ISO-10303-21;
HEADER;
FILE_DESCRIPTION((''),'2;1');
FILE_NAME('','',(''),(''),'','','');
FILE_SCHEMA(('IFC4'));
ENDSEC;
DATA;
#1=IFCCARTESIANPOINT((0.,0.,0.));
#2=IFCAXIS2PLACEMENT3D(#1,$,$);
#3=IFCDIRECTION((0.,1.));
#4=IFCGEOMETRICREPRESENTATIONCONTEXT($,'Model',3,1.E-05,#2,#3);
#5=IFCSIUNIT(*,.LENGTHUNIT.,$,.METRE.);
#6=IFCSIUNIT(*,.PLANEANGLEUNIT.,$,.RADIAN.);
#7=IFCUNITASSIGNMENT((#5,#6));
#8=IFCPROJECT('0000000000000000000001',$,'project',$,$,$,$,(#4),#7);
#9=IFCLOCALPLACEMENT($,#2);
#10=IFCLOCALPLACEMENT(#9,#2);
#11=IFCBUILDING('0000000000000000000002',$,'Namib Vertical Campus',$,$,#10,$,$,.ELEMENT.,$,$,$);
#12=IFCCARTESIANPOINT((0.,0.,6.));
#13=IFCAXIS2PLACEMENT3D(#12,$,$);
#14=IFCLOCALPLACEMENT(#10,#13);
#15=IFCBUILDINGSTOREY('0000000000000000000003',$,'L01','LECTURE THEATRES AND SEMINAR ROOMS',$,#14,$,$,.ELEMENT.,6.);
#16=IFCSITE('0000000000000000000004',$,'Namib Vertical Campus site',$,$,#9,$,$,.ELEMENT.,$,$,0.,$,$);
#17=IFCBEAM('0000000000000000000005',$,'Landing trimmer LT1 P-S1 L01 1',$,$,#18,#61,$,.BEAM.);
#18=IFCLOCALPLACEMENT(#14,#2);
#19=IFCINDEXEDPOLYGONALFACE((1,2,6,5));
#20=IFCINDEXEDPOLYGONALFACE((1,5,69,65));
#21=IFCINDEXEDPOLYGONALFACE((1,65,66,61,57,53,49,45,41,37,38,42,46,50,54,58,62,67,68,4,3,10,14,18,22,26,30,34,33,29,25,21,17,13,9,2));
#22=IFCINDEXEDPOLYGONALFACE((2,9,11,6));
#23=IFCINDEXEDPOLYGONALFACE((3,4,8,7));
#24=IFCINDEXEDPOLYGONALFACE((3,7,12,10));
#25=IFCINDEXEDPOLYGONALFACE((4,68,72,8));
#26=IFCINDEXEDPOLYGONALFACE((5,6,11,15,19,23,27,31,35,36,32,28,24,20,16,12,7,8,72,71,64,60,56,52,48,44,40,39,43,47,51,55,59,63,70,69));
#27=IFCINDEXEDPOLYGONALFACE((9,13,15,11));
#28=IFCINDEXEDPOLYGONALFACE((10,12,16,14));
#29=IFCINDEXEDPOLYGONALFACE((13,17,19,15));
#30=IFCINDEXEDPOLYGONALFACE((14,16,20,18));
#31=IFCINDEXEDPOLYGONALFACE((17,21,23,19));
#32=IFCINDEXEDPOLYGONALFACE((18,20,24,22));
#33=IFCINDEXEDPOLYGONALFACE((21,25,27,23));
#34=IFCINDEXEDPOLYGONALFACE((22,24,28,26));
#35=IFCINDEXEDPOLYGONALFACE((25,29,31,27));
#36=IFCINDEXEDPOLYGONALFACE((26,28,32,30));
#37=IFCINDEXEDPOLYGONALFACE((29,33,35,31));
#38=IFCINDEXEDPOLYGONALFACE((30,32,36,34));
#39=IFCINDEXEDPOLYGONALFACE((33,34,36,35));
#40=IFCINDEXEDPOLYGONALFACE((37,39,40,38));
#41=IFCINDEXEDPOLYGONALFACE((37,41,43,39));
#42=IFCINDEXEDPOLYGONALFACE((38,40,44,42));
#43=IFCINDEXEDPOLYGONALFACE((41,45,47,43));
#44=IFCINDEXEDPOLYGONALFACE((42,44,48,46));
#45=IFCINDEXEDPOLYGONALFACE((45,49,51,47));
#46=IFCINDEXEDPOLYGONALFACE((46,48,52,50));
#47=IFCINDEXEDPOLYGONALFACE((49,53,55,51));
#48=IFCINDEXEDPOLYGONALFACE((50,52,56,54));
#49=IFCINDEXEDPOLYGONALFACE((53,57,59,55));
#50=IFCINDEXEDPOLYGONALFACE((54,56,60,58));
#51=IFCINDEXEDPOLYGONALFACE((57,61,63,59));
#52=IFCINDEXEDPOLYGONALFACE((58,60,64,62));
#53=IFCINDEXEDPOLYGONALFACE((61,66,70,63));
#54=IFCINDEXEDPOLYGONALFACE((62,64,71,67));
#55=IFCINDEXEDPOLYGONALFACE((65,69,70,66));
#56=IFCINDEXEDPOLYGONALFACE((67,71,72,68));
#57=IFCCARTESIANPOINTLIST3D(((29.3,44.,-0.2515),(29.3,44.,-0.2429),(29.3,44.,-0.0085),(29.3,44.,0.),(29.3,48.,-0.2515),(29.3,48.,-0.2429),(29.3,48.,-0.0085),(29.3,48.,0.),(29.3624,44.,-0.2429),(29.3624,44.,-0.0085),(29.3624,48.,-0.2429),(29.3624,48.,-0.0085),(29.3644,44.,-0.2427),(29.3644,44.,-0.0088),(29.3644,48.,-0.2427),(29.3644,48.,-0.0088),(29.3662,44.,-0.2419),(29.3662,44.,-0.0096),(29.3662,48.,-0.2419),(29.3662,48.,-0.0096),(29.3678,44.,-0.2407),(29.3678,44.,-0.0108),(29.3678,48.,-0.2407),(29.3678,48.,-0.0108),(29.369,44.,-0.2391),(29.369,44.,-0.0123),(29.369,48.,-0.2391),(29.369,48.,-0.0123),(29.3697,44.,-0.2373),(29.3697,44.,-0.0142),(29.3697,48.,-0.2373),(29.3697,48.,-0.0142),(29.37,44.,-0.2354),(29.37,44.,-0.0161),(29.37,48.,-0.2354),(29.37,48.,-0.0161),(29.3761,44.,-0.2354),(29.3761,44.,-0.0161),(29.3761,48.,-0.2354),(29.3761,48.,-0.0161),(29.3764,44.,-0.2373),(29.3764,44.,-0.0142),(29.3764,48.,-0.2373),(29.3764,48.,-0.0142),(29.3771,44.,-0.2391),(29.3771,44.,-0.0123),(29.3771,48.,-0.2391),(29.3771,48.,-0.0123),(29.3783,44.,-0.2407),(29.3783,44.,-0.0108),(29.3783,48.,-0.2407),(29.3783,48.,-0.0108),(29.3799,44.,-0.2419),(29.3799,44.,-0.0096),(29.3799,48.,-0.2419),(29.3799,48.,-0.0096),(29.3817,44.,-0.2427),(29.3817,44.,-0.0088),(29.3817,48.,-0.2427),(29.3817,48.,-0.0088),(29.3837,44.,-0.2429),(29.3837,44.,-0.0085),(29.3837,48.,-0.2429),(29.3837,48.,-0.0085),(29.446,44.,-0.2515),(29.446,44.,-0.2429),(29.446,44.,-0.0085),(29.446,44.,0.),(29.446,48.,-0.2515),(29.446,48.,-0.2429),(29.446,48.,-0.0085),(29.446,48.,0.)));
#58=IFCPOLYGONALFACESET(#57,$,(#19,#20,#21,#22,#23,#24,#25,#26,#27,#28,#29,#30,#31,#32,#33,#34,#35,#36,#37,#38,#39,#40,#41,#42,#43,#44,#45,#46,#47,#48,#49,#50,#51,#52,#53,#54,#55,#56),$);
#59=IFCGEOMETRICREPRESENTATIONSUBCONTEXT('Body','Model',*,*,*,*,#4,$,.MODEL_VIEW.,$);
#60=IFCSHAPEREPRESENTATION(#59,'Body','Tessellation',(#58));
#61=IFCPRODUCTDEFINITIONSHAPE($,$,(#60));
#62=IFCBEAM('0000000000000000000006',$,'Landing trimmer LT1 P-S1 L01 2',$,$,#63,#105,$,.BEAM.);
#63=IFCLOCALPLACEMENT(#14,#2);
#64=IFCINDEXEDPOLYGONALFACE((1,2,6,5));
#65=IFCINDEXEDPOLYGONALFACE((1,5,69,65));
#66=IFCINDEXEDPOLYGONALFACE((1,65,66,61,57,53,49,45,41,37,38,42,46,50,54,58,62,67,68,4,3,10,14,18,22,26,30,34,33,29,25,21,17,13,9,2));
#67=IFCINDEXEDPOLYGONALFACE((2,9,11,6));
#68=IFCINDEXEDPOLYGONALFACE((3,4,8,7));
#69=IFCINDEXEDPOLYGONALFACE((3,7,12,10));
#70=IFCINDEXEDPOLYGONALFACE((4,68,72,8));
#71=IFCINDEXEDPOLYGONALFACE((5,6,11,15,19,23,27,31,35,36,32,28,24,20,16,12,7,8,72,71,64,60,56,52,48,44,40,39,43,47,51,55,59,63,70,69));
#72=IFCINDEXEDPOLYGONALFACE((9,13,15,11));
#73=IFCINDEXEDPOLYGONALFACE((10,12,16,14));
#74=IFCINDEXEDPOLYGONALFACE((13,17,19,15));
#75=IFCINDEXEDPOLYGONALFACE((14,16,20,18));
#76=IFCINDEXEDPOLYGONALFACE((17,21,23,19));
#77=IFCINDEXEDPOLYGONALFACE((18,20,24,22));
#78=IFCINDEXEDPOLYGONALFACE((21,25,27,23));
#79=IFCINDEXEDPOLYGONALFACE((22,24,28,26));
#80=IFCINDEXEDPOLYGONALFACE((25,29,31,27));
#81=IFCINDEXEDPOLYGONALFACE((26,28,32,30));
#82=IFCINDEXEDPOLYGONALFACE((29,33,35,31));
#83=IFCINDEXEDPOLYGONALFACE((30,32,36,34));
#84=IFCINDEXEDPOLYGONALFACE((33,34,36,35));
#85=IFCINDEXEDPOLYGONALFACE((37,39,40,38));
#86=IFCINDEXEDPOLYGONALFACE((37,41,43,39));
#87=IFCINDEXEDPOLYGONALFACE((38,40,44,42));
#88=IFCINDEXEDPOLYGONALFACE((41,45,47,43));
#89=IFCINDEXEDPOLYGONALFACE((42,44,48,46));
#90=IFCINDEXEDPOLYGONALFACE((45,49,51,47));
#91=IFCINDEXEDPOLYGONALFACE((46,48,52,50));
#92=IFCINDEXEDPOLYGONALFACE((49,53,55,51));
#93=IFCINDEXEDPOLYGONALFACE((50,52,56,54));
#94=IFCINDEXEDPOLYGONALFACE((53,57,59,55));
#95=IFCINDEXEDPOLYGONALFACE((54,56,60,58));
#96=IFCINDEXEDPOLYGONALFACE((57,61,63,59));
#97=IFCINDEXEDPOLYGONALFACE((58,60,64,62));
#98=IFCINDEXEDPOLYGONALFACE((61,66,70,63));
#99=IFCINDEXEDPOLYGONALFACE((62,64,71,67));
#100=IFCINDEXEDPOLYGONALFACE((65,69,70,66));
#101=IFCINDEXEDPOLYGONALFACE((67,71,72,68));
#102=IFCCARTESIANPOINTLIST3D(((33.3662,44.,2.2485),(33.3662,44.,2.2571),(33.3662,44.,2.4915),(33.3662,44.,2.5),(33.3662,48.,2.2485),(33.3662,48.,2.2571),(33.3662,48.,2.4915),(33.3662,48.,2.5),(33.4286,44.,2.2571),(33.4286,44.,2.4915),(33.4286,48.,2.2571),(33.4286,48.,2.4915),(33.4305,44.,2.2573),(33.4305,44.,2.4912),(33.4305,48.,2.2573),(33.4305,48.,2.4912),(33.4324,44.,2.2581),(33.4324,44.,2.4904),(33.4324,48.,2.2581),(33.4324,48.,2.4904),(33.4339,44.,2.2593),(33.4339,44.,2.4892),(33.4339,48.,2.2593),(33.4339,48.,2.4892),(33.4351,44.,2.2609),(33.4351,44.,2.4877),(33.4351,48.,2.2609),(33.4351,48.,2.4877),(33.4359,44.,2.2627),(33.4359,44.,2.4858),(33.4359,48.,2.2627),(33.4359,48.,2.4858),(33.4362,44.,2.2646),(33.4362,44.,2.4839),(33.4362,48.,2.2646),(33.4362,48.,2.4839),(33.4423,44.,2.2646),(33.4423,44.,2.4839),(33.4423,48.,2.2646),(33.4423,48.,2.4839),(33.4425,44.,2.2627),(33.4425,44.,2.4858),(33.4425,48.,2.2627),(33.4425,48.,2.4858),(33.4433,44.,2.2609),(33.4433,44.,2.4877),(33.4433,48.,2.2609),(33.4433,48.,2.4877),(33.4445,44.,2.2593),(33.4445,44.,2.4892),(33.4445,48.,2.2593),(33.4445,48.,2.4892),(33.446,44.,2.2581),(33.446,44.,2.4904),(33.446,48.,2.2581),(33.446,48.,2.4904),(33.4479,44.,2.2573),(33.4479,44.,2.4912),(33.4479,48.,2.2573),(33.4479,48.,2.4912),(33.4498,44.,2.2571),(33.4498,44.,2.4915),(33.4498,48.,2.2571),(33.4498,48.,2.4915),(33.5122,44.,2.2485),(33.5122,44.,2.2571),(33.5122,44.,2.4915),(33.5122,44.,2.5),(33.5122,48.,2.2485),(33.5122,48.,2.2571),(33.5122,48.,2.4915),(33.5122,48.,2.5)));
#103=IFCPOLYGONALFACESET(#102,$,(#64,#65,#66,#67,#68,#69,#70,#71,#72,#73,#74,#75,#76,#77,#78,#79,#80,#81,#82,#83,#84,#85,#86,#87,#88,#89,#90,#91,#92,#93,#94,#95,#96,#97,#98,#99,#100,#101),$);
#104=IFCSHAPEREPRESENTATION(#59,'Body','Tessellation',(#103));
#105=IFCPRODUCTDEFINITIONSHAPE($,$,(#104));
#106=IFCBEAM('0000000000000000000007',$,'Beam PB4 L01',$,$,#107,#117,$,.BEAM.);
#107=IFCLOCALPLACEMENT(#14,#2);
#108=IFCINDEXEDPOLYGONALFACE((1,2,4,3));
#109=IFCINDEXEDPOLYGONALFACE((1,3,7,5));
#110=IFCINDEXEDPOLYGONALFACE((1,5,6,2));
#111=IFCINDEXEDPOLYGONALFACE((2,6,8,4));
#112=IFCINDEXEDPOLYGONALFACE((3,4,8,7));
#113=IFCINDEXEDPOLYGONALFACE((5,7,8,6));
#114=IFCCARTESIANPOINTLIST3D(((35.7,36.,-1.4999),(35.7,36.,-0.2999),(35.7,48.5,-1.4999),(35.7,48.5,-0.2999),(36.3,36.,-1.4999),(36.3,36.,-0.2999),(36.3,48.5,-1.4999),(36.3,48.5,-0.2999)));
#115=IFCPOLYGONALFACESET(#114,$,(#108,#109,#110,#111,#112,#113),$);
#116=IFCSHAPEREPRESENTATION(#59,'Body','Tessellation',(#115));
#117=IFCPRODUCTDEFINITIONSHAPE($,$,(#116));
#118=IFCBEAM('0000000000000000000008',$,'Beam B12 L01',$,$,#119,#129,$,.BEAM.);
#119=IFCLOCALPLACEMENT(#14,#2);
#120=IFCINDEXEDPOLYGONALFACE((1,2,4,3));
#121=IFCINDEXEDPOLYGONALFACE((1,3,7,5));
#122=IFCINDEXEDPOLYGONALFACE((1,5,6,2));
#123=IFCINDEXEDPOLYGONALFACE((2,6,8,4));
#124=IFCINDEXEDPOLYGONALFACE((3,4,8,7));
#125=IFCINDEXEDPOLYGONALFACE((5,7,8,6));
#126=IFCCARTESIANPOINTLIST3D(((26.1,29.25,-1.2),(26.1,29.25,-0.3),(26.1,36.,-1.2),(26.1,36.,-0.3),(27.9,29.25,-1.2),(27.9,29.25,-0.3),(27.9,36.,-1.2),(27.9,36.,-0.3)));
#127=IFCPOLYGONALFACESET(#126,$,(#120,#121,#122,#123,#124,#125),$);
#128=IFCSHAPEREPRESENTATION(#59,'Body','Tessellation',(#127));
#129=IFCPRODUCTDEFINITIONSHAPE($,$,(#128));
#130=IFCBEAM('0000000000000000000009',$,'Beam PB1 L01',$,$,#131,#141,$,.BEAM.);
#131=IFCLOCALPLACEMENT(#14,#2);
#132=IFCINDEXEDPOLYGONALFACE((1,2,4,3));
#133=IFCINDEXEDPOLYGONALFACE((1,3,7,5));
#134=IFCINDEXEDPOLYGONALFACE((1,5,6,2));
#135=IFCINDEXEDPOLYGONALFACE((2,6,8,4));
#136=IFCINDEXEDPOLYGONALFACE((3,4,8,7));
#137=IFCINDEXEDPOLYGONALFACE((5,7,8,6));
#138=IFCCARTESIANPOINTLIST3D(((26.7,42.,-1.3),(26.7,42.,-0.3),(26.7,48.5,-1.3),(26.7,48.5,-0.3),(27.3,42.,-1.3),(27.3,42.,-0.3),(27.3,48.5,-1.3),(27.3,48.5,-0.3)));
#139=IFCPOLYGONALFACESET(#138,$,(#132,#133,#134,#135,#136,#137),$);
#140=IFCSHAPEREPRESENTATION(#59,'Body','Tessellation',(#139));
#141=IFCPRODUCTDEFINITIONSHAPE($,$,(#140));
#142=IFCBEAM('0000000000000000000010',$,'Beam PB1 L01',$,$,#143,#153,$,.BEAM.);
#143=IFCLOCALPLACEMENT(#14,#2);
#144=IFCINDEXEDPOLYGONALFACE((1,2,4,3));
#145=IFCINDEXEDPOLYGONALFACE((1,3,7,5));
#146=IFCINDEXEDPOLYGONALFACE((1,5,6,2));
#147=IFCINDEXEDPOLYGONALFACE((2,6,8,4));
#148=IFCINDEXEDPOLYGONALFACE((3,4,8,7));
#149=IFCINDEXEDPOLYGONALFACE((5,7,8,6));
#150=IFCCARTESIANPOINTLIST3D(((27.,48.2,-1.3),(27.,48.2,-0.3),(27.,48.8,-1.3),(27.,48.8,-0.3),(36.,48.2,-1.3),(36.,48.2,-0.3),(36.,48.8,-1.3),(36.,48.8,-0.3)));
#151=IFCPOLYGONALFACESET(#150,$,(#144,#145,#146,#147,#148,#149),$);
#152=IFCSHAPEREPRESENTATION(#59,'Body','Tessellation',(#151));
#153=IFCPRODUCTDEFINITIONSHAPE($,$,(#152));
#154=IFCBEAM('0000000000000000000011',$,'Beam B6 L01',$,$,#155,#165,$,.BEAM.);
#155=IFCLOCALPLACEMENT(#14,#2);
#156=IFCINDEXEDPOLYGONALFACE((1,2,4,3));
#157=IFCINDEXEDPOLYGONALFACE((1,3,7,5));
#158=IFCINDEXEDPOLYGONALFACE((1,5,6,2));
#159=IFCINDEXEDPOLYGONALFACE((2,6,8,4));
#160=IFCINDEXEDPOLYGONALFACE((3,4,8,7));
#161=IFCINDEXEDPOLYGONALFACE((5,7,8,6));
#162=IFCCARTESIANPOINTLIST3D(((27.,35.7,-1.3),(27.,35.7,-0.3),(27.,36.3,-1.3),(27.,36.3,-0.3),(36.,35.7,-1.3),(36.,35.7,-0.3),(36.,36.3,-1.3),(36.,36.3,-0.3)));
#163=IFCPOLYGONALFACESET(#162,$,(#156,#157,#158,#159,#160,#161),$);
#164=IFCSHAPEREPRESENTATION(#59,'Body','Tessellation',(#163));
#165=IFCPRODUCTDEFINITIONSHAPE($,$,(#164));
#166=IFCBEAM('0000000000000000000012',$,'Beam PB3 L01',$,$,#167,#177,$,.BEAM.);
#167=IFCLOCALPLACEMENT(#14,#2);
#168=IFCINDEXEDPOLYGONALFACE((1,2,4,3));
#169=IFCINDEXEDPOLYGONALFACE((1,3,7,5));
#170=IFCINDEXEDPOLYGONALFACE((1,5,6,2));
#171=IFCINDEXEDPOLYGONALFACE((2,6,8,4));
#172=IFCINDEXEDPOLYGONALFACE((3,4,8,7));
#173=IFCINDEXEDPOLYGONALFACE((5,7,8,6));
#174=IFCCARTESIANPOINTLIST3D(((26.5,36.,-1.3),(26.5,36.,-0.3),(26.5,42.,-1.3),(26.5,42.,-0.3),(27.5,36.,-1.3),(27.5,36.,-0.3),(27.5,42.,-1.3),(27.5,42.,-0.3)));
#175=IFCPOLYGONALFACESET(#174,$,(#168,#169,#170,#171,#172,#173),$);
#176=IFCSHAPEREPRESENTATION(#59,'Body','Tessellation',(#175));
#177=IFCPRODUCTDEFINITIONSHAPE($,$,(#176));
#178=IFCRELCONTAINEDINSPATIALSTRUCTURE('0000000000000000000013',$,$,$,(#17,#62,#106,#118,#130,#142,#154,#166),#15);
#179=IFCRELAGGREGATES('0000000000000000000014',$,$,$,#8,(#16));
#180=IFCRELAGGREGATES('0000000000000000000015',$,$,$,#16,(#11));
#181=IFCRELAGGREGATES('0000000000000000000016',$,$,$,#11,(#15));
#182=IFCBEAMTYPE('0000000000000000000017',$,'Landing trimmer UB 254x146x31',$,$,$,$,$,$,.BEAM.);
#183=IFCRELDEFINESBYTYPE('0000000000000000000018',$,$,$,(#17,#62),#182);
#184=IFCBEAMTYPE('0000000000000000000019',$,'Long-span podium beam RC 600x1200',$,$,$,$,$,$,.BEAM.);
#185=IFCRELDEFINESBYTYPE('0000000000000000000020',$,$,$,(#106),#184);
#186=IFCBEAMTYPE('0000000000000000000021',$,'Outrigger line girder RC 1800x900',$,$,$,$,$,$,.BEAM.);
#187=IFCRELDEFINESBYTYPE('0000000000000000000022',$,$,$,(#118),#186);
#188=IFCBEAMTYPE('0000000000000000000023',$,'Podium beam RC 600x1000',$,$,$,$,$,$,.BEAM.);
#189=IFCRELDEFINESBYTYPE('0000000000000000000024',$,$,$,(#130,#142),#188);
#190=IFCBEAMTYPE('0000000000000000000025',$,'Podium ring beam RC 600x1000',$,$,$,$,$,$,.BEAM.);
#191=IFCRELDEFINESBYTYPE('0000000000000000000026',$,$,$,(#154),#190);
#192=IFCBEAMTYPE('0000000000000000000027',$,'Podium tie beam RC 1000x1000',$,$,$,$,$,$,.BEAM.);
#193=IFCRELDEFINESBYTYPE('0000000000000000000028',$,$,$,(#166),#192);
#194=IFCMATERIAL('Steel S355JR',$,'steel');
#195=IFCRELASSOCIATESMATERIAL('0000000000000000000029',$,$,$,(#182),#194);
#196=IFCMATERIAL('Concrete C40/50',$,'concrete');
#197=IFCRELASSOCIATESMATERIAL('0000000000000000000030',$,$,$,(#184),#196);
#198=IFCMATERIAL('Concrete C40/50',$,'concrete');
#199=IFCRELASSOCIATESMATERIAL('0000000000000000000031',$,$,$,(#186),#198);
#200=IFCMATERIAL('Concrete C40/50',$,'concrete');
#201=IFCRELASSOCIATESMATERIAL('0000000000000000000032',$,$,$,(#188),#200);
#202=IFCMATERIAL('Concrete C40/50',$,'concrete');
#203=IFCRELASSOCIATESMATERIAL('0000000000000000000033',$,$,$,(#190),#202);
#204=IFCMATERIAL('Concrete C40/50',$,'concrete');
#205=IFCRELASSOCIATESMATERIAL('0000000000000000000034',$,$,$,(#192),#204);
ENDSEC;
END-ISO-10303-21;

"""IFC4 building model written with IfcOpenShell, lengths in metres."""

from ifc_helpers import new_model, si_unit, direction, frame, origin, origin_2d, place, context, subcontext, project, spatial, rectangle, i_section, extrude, material, material_profile, profile_set, type_object, element, save


model = new_model("IFC4")

# Units and contexts
model_context = context("Model", 3, precision=1e-05, world=origin(), true_north=direction((0.0, 1.0)))
body_context = subcontext(model_context, "Body", "Model", "MODEL_VIEW")
ifc_project = project(units=[si_unit("LENGTHUNIT", "METRE"), si_unit("PLANEANGLEUNIT", "RADIAN")], contexts=[model_context])

# Site, building, storey
site_placement = place(None, origin())
site = spatial("IfcSite", under=ifc_project, at=site_placement, Name="Namib Vertical Campus site", CompositionType="ELEMENT", RefElevation=0.0)
building_placement = place(site_placement, origin())
building = spatial("IfcBuilding", under=site, at=building_placement, Name="Namib Vertical Campus", CompositionType="ELEMENT")
storey_placement = place(building_placement, frame((0.0, 0.0, 6.0)))
storey = spatial("IfcBuildingStorey", under=building, at=storey_placement, Name="L01", Description="LECTURE THEATRES AND SEMINAR ROOMS", CompositionType="ELEMENT", Elevation=6.0)

# Beams
ifc_material_1 = material(Name="Steel S355JR", Category="steel")
ifc_material_profile_1 = material_profile(ifc_material_1, i_section(OverallWidth=0.146, OverallDepth=0.2515, WebThickness=0.0061, FlangeThickness=0.0085, FilletRadius=0.0076, at=origin_2d()))
ifc_profile_set_1 = profile_set([ifc_material_profile_1], Name="Steel S355JR")
beam_type_1 = type_object("IfcBeamType", Name="Landing trimmer UB 254x146x31", PredefinedType="BEAM", material=ifc_profile_set_1)
for number, where, z_axis, x_axis, name in (
    (1, (29.373, 44.0, -0.1257), (0.0, 1.0, 0.0), (-1.0, 0.0, 0.0), "Landing trimmer LT1 P-S1 L01 1"),
    (2, (33.4392, 44.0, 2.3743), (0.0, 1.0, 0.0), (-1.0, 0.0, 0.0), "Landing trimmer LT1 P-S1 L01 2"),
):
    element("IfcBeam", number, at=place(storey_placement, frame(where, z_axis=z_axis, x_axis=x_axis)), inside=storey, type_object=beam_type_1, Name=name, PredefinedType="BEAM", context=body_context, shape_type="SweptSolid", body=[
        extrude(i_section(OverallWidth=0.146, OverallDepth=0.2515, WebThickness=0.0061, FlangeThickness=0.0085, FilletRadius=0.0076, at=origin_2d()), origin(), (0.0, 0.0, 1.0), 4.0),
    ])
ifc_material_2 = material(Name="Concrete C40/50", Category="concrete")
ifc_material_profile_2 = material_profile(ifc_material_2, rectangle(XDim=0.6001, YDim=1.2, at=origin_2d()))
ifc_profile_set_2 = profile_set([ifc_material_profile_2], Name="Concrete C40/50")
beam_type_2 = type_object("IfcBeamType", Name="Long-span podium beam RC 600x1200", PredefinedType="BEAM", material=ifc_profile_set_2)
beam_1_placement = place(storey_placement, frame((36.0, 36.0, -0.8999), z_axis=(0.0, 1.0, 0.0), x_axis=(-1.0, 0.0, 0.0)))
element("IfcBeam", 3, at=beam_1_placement, inside=storey, type_object=beam_type_2, Name="Beam PB4 L01", PredefinedType="BEAM", context=body_context, shape_type="SweptSolid", body=[
    extrude(rectangle(XDim=0.6001, YDim=1.2, at=origin_2d()), origin(), (0.0, 0.0, 1.0), 12.5),
])
ifc_material_3 = material(Name="Concrete C40/50", Category="concrete")
ifc_material_profile_3 = material_profile(ifc_material_3, rectangle(XDim=1.8, YDim=0.8999, at=origin_2d()))
ifc_profile_set_3 = profile_set([ifc_material_profile_3], Name="Concrete C40/50")
beam_type_3 = type_object("IfcBeamType", Name="Outrigger line girder RC 1800x900", PredefinedType="BEAM", material=ifc_profile_set_3)
beam_2_placement = place(storey_placement, frame((27.0, 36.0, -0.75), z_axis=(0.0, -1.0, 0.0), x_axis=(1.0, 0.0, 0.0)))
element("IfcBeam", 4, at=beam_2_placement, inside=storey, type_object=beam_type_3, Name="Beam B12 L01", PredefinedType="BEAM", context=body_context, shape_type="SweptSolid", body=[
    extrude(rectangle(XDim=1.8, YDim=0.8999, at=origin_2d()), origin(), (0.0, 0.0, 1.0), 6.75),
])
ifc_material_4 = material(Name="Concrete C40/50", Category="concrete")
ifc_material_profile_4 = material_profile(ifc_material_4, rectangle(XDim=0.6001, YDim=1.0, at=origin_2d()))
ifc_profile_set_4 = profile_set([ifc_material_profile_4], Name="Concrete C40/50")
beam_type_4 = type_object("IfcBeamType", Name="Podium beam RC 600x1000", PredefinedType="BEAM", material=ifc_profile_set_4)
beam_3_placement = place(storey_placement, frame((27.0, 42.0, -0.8), z_axis=(0.0, 1.0, 0.0), x_axis=(-1.0, 0.0, 0.0)))
element("IfcBeam", 5, at=beam_3_placement, inside=storey, type_object=beam_type_4, Name="Beam PB1 L01", PredefinedType="BEAM", context=body_context, shape_type="SweptSolid", body=[
    extrude(rectangle(XDim=0.6001, YDim=1.0, at=origin_2d()), origin(), (0.0, 0.0, 1.0), 6.5),
])
beam_4_placement = place(storey_placement, frame((27.0, 48.5, -0.8), z_axis=(1.0, 0.0, 0.0), x_axis=(0.0, 1.0, 0.0)))
element("IfcBeam", 6, at=beam_4_placement, inside=storey, type_object=beam_type_4, Name="Beam PB1 L01", PredefinedType="BEAM", context=body_context, shape_type="SweptSolid", body=[
    extrude(rectangle(XDim=0.6001, YDim=1.0, at=origin_2d()), origin(), (0.0, 0.0, 1.0), 9.0),
])
ifc_material_5 = material(Name="Concrete C40/50", Category="concrete")
ifc_material_profile_5 = material_profile(ifc_material_5, rectangle(XDim=0.6001, YDim=1.0, at=origin_2d()))
ifc_profile_set_5 = profile_set([ifc_material_profile_5], Name="Concrete C40/50")
beam_type_5 = type_object("IfcBeamType", Name="Podium ring beam RC 600x1000", PredefinedType="BEAM", material=ifc_profile_set_5)
beam_5_placement = place(storey_placement, frame((27.0, 36.0, -0.8), z_axis=(1.0, 0.0, 0.0), x_axis=(0.0, 1.0, 0.0)))
element("IfcBeam", 7, at=beam_5_placement, inside=storey, type_object=beam_type_5, Name="Beam B6 L01", PredefinedType="BEAM", context=body_context, shape_type="SweptSolid", body=[
    extrude(rectangle(XDim=0.6001, YDim=1.0, at=origin_2d()), origin(), (0.0, 0.0, 1.0), 9.0),
])
ifc_material_6 = material(Name="Concrete C40/50", Category="concrete")
ifc_material_profile_6 = material_profile(ifc_material_6, rectangle(XDim=1.0, YDim=1.0, at=origin_2d()))
ifc_profile_set_6 = profile_set([ifc_material_profile_6], Name="Concrete C40/50")
beam_type_6 = type_object("IfcBeamType", Name="Podium tie beam RC 1000x1000", PredefinedType="BEAM", material=ifc_profile_set_6)
beam_6_placement = place(storey_placement, frame((27.0, 36.0, -0.8), z_axis=(0.0, 1.0, 0.0), x_axis=(-1.0, 0.0, 0.0)))
element("IfcBeam", 8, at=beam_6_placement, inside=storey, type_object=beam_type_6, Name="Beam PB3 L01", PredefinedType="BEAM", context=body_context, shape_type="SweptSolid", body=[
    extrude(rectangle(XDim=1.0, YDim=1.0, at=origin_2d()), origin(), (0.0, 0.0, 1.0), 6.0),
])

save(model, "model.ifc")
